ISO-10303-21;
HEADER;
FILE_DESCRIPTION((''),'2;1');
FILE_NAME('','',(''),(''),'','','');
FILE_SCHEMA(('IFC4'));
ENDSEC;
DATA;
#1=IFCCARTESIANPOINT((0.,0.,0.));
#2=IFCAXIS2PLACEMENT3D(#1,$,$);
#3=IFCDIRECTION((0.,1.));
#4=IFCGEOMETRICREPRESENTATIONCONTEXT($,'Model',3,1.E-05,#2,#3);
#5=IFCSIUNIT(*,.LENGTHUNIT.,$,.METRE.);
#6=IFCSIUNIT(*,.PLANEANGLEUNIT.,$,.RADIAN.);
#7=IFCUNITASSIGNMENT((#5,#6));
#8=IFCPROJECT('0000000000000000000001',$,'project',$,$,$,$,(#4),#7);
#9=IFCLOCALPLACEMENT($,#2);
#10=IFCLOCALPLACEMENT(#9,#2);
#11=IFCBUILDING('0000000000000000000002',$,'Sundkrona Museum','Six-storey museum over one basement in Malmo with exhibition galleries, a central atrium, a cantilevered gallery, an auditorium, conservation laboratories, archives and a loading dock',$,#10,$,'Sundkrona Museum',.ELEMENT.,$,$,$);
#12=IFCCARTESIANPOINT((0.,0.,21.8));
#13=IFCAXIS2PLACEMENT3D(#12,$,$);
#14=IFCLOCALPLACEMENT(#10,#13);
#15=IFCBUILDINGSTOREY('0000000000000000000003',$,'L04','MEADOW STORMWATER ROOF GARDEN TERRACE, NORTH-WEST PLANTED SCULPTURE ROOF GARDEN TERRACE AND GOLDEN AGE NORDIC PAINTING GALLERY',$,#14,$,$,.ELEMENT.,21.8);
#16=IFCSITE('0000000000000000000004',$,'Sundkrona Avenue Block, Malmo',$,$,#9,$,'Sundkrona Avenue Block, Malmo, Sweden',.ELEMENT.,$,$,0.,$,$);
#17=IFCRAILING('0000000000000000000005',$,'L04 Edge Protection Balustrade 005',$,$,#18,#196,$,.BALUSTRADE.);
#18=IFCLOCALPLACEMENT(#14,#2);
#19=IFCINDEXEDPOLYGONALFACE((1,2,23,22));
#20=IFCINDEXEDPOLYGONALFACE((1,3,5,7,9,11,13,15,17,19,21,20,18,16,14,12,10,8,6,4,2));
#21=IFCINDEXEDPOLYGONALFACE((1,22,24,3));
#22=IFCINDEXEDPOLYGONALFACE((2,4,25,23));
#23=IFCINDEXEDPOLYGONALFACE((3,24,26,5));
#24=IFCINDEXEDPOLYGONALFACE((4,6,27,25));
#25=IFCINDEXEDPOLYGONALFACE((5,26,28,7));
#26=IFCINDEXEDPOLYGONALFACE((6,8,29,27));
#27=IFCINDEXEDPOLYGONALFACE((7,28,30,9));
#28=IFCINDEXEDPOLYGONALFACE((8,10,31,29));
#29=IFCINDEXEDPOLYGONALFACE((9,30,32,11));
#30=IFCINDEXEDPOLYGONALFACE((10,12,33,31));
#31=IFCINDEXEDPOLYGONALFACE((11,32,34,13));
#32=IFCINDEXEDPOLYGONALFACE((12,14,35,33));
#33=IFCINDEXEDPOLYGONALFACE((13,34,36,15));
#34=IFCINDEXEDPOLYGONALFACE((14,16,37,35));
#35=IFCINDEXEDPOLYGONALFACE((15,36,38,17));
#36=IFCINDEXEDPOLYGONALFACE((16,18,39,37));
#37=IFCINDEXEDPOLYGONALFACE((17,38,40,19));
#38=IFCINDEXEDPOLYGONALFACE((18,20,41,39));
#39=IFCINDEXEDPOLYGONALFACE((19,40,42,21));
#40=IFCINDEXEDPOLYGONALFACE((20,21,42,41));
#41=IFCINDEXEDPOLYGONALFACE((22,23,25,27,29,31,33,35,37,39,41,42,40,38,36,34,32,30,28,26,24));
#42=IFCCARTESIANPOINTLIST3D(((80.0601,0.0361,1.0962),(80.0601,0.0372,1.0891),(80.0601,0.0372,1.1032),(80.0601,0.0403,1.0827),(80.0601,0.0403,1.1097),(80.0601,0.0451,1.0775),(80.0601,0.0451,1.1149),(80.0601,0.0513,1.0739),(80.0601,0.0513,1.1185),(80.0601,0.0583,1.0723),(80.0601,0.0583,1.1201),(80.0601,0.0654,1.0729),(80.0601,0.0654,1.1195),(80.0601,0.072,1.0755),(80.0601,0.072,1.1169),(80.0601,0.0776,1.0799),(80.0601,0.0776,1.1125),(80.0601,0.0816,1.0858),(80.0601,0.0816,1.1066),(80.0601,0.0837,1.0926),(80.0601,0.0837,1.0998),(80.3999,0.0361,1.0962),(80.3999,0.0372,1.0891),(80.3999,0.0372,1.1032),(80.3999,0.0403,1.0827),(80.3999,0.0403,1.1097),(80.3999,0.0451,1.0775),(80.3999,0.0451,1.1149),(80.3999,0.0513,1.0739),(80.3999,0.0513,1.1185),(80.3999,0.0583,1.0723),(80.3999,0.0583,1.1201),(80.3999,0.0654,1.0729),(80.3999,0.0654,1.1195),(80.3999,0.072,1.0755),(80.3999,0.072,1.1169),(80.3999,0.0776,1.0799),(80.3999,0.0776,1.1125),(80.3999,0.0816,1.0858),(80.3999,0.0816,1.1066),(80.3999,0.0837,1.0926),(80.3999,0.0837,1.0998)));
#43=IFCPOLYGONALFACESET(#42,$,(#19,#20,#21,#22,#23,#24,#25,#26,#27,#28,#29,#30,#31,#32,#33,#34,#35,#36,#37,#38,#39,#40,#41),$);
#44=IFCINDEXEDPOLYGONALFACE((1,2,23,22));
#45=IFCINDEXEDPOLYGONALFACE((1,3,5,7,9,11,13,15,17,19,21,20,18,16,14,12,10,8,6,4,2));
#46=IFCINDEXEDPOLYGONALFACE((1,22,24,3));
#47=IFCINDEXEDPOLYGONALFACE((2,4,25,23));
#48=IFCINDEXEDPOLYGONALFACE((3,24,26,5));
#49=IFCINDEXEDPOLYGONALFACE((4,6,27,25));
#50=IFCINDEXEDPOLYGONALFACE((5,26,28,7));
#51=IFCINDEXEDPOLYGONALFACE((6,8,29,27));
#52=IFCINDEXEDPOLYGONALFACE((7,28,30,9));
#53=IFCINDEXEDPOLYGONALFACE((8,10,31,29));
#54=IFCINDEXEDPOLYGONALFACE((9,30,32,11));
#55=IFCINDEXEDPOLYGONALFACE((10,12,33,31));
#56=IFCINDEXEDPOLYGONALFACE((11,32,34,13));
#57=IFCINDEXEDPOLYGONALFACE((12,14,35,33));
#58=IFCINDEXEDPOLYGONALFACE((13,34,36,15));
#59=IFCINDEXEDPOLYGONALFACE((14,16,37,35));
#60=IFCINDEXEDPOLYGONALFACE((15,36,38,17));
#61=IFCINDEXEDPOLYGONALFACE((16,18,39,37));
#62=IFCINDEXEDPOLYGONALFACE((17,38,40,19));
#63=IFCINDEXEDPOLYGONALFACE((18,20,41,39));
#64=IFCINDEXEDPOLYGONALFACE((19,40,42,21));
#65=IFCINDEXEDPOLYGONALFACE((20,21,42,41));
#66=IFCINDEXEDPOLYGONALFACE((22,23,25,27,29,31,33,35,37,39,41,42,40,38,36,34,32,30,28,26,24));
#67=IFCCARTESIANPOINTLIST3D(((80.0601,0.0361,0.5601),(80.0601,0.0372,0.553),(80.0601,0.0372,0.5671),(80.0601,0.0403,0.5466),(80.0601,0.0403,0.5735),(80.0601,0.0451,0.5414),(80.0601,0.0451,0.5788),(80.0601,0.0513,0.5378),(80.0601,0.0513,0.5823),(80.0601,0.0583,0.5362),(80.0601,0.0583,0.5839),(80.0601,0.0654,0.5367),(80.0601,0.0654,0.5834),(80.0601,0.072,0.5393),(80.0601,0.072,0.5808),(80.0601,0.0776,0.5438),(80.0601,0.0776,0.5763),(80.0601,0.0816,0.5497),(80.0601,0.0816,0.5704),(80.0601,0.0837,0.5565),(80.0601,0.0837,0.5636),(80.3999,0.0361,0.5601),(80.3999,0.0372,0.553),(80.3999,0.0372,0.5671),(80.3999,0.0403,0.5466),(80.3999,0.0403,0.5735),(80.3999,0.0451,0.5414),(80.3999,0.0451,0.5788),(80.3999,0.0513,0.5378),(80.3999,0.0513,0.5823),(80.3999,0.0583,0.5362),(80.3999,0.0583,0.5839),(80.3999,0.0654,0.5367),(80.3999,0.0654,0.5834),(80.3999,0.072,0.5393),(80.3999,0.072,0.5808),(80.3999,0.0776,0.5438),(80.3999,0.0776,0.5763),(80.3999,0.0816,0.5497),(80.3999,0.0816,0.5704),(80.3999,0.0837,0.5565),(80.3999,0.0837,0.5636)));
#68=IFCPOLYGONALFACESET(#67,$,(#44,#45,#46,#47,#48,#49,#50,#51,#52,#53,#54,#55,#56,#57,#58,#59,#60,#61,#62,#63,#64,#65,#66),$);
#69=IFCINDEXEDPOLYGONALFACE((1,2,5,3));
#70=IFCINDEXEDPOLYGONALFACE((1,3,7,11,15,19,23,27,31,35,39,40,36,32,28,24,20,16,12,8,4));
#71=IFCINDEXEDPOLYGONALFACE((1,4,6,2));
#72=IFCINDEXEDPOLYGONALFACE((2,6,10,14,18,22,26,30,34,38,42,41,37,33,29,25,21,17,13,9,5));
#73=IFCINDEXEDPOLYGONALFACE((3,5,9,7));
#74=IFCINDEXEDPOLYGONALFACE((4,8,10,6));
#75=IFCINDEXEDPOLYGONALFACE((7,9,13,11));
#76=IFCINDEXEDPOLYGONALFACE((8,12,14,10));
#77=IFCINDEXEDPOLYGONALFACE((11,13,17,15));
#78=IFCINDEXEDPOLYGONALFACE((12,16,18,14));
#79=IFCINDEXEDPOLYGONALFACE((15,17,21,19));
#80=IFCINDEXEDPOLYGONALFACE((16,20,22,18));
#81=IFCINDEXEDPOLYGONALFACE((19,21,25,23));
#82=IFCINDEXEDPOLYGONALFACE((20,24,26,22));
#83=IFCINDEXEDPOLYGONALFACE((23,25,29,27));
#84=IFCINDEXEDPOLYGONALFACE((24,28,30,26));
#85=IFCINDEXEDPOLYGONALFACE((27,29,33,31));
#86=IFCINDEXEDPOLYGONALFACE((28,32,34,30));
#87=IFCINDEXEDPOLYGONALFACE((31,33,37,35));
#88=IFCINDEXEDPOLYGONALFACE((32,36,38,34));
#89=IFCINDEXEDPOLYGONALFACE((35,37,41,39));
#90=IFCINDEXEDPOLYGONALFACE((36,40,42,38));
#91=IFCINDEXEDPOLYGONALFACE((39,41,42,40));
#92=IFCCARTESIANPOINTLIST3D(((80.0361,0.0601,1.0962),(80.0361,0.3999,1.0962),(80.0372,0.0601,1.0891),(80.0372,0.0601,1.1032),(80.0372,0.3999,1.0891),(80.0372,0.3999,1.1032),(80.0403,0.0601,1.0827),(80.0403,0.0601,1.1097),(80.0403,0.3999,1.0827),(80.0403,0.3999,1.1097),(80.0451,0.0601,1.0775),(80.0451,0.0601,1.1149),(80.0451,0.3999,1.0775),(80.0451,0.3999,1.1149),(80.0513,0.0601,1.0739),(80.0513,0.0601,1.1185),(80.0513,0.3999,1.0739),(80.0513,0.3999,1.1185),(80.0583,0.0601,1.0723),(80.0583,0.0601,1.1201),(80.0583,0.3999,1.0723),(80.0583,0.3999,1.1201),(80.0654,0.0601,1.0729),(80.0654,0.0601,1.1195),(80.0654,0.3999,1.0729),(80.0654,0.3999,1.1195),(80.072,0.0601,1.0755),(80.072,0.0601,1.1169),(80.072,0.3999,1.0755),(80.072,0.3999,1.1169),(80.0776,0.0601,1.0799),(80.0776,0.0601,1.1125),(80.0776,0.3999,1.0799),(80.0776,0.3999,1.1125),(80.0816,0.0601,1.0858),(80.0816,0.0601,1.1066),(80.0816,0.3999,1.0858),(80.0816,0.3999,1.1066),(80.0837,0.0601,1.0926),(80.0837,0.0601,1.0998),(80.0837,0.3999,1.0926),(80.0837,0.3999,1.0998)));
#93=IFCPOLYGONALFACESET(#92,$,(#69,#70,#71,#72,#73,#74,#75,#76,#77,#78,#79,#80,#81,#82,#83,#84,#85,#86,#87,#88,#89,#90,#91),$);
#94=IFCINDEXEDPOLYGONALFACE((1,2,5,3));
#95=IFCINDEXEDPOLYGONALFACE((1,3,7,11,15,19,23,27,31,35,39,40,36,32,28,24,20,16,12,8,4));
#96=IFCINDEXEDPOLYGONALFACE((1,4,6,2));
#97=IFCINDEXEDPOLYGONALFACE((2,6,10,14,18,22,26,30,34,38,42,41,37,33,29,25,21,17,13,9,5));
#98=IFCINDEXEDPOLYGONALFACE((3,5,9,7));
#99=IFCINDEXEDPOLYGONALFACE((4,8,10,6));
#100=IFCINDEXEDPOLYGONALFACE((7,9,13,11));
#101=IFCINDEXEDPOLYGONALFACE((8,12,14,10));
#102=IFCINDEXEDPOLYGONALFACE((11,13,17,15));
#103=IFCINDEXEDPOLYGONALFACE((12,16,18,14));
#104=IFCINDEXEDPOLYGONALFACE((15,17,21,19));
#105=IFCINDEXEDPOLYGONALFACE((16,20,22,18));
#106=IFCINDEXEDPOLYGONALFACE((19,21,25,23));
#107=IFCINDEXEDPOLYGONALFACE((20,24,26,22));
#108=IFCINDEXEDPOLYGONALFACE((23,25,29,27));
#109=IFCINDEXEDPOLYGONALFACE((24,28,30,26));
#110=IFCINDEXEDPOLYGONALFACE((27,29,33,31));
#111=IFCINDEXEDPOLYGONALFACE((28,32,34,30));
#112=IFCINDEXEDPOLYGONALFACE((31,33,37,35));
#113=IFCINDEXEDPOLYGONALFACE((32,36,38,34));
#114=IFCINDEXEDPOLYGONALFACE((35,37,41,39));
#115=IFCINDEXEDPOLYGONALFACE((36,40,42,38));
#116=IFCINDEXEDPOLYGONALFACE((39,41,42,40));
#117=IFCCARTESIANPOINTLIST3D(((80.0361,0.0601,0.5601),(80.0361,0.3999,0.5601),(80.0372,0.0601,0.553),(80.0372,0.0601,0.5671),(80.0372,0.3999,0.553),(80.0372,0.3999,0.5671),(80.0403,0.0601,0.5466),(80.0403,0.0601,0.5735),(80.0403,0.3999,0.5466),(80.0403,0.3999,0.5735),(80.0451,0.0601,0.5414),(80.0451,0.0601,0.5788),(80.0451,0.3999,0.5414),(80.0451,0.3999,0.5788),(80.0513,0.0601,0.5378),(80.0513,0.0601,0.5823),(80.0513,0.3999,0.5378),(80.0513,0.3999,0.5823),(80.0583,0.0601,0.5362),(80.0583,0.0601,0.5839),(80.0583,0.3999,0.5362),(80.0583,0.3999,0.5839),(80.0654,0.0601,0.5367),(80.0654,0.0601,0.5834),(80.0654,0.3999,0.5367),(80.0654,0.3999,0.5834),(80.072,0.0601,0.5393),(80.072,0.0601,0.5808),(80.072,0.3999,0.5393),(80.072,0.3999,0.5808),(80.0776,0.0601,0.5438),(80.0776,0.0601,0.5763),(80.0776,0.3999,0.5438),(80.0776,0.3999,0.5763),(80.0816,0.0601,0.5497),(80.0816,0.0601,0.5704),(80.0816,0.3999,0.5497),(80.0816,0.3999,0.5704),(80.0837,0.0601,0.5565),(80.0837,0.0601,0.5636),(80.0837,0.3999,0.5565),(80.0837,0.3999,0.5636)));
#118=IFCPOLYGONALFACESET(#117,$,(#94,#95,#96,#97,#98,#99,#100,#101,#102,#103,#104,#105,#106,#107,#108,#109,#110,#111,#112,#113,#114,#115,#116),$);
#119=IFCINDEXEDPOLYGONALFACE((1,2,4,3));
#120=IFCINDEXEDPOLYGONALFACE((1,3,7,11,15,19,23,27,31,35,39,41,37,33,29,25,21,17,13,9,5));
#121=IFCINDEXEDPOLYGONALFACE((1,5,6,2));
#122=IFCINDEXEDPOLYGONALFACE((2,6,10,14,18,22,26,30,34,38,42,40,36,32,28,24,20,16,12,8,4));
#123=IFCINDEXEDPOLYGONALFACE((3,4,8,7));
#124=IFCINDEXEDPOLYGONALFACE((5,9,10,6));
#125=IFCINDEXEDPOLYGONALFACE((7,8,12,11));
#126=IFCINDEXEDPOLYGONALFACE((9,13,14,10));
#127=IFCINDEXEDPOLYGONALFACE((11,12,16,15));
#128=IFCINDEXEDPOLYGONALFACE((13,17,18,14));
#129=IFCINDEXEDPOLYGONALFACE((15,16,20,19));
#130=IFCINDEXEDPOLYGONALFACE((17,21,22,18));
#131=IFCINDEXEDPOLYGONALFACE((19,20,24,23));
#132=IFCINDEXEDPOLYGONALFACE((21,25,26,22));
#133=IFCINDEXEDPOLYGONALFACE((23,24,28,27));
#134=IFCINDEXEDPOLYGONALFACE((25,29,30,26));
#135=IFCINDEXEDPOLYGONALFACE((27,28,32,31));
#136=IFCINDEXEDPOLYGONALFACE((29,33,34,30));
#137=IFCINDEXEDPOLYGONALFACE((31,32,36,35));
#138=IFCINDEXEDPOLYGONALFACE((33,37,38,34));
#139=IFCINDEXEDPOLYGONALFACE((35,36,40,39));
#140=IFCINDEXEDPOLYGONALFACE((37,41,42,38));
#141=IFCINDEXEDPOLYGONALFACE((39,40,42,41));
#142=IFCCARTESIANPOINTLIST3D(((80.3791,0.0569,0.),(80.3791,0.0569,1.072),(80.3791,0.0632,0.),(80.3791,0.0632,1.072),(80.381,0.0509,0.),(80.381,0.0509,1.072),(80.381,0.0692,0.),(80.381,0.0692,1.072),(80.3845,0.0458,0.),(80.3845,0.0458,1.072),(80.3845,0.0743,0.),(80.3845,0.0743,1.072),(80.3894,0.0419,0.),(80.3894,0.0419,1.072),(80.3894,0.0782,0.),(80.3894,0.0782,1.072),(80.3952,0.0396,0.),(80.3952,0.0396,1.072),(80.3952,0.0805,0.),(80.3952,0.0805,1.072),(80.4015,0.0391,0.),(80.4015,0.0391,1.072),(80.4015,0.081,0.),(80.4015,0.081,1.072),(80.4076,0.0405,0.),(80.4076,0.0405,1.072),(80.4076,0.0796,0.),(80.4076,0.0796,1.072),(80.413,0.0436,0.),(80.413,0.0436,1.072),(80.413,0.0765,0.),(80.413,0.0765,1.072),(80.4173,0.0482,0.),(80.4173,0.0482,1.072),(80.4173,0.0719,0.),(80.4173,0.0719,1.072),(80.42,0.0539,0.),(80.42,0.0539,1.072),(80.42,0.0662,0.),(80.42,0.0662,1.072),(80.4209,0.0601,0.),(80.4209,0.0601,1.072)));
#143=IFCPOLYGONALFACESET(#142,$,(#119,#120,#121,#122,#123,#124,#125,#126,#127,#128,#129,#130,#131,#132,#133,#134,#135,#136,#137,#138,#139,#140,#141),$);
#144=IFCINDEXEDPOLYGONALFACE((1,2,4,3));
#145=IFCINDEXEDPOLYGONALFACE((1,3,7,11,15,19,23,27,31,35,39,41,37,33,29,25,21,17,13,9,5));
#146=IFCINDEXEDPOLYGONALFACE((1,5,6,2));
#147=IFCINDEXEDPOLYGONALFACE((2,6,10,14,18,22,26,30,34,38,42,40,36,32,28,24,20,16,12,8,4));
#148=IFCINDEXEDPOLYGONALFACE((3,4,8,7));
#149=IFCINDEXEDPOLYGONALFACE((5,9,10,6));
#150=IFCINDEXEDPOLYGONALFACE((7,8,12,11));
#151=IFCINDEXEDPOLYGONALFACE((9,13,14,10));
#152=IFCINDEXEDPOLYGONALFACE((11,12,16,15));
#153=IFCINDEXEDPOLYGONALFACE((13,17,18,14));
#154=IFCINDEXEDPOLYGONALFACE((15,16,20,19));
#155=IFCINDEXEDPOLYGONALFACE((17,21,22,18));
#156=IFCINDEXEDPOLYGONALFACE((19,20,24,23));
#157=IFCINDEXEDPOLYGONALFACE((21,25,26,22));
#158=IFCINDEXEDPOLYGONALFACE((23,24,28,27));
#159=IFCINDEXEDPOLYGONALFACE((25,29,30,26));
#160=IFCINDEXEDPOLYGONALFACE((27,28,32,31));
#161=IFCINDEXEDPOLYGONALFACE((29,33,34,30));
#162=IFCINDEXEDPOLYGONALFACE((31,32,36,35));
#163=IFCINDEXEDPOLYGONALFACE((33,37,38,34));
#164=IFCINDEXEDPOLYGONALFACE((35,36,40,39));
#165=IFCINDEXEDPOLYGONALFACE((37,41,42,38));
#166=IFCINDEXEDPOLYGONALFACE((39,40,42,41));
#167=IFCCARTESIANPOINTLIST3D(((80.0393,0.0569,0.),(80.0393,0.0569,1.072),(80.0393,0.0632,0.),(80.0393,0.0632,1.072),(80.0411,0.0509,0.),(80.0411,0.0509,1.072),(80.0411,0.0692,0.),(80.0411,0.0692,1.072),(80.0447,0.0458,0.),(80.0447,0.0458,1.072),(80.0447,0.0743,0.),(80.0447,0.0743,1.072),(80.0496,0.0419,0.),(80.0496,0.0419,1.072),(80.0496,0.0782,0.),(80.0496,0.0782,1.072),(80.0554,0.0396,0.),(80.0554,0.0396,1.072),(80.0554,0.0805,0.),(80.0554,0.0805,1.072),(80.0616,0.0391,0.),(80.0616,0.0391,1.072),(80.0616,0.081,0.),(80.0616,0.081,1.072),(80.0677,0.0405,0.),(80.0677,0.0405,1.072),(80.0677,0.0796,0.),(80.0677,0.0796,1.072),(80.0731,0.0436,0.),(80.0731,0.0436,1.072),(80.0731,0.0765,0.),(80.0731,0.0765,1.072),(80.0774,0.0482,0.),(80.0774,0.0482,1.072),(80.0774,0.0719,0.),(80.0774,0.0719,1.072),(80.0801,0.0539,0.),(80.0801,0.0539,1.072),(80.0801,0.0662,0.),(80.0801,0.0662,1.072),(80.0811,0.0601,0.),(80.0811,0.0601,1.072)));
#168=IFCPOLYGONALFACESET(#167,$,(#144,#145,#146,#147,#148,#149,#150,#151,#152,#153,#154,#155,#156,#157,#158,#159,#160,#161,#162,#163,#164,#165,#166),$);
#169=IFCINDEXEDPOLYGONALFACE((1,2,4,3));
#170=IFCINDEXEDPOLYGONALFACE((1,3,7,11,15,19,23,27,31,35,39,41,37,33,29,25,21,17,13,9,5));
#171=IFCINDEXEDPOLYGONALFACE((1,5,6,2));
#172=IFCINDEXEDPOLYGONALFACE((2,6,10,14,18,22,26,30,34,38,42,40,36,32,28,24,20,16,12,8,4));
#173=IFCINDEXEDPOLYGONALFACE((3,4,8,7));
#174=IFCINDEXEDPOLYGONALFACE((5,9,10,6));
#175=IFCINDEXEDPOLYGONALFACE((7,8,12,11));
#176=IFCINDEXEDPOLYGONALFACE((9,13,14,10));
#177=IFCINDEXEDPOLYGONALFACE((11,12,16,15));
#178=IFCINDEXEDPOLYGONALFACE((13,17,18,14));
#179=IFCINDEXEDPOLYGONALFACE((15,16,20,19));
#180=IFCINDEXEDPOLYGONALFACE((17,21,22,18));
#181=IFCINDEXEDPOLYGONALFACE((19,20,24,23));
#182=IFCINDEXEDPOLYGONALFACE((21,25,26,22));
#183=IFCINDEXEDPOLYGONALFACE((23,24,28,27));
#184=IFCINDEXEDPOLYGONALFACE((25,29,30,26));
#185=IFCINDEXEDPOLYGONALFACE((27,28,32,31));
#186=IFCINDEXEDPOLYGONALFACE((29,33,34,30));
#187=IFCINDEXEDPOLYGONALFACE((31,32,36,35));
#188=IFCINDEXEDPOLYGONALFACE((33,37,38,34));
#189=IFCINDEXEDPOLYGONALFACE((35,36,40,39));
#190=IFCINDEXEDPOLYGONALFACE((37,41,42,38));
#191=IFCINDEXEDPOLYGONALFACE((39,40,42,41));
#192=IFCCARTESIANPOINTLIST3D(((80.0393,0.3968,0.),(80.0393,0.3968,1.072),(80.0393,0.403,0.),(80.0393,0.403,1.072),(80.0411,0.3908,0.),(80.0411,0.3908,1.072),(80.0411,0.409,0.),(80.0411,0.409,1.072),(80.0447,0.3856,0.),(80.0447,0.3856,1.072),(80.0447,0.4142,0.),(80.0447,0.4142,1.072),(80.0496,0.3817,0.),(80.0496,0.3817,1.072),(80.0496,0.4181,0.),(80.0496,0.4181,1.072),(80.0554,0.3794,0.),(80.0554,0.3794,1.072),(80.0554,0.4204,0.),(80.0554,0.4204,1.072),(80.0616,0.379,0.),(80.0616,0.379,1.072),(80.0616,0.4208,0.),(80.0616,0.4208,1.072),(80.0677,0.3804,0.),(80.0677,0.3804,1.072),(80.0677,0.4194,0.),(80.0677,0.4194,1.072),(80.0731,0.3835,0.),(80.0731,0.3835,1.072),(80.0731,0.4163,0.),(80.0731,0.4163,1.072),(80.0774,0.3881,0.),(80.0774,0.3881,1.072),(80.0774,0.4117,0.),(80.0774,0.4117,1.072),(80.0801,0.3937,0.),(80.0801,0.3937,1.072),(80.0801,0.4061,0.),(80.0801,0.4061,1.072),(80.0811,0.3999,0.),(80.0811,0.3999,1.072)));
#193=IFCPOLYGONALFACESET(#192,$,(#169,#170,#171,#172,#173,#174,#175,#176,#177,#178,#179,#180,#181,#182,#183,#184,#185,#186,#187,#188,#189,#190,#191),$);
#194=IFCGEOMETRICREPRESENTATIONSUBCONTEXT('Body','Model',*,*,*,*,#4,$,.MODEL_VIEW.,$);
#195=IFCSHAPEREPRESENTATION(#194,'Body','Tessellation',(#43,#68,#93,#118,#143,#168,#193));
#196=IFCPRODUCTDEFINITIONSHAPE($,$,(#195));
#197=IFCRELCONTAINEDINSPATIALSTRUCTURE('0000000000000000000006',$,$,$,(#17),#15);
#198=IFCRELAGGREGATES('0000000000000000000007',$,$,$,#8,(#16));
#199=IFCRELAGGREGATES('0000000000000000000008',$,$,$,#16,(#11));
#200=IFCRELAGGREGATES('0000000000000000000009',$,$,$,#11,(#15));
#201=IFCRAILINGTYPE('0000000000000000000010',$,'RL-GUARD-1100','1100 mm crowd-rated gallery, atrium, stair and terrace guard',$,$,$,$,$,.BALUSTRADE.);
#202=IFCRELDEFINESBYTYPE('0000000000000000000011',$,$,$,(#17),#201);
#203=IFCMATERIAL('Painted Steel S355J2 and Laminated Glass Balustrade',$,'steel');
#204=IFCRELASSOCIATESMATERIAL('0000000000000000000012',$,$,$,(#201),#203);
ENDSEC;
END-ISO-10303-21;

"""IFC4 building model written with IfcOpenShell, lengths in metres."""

from ifc_helpers import new_model, si_unit, direction, frame, origin, origin_2d, place, context, subcontext, project, spatial, circle, extrude, material, type_object, element, save


model = new_model("IFC4")

# Units and contexts
model_context = context("Model", 3, precision=1e-05, world=origin(), true_north=direction((0.0, 1.0)))
body_context = subcontext(model_context, "Body", "Model", "MODEL_VIEW")
ifc_project = project(units=[si_unit("LENGTHUNIT", "METRE"), si_unit("PLANEANGLEUNIT", "RADIAN")], contexts=[model_context])

# Site, building, storey
site_placement = place(None, origin())
site = spatial("IfcSite", under=ifc_project, at=site_placement, Name="Sundkrona Avenue Block, Malmo", LongName="Sundkrona Avenue Block, Malmo, Sweden", CompositionType="ELEMENT", RefElevation=0.0)
building_placement = place(site_placement, origin())
building = spatial("IfcBuilding", under=site, at=building_placement, Name="Sundkrona Museum", Description="Six-storey museum over one basement in Malmo with exhibition galleries, a central atrium, a cantilevered gallery, an auditorium, conservation laboratories, archives and a loading dock", LongName="Sundkrona Museum", CompositionType="ELEMENT")
storey_placement = place(building_placement, frame((0.0, 0.0, 21.8)))
storey = spatial("IfcBuildingStorey", under=building, at=storey_placement, Name="L04", Description="MEADOW STORMWATER ROOF GARDEN TERRACE, NORTH-WEST PLANTED SCULPTURE ROOF GARDEN TERRACE AND GOLDEN AGE NORDIC PAINTING GALLERY", CompositionType="ELEMENT", Elevation=21.8)

# Railing
ifc_material_1 = material(Name="Painted Steel S355J2 and Laminated Glass Balustrade", Category="steel")
railing_type = type_object("IfcRailingType", Name="RL-GUARD-1100", Description="1100 mm crowd-rated gallery, atrium, stair and terrace guard", PredefinedType="BALUSTRADE", material=ifc_material_1)
railing_placement = place(storey_placement, frame((80.3999, 0.0601, 0.0)))
element("IfcRailing", 1, at=railing_placement, inside=storey, type_object=railing_type, Name="L04 Edge Protection Balustrade 005", PredefinedType="BALUSTRADE", context=body_context, shape_type="SweptSolid", body=[
    extrude(circle(Radius=0.0239, at=origin_2d()), frame((0.0, 0.0, 1.0962), z_axis=(-1.0, 0.0, 0.0), x_axis=(0.0, -1.0, 0.0)), (0.0, 0.0, 1.0), 0.3398),
    extrude(circle(Radius=0.0239, at=origin_2d()), frame((0.0, 0.0, 0.5601), z_axis=(-1.0, 0.0, 0.0), x_axis=(0.0, -1.0, 0.0)), (0.0, 0.0, 1.0), 0.3398),
    extrude(circle(Radius=0.0239, at=origin_2d()), frame((-0.3398, 0.0, 1.0962), z_axis=(0.0, 1.0, 0.0), x_axis=(-1.0, 0.0, 0.0)), (0.0, 0.0, 1.0), 0.3398),
    extrude(circle(Radius=0.0239, at=origin_2d()), frame((-0.3398, 0.0, 0.5601), z_axis=(0.0, 1.0, 0.0), x_axis=(-1.0, 0.0, 0.0)), (0.0, 0.0, 1.0), 0.3398),
    extrude(circle(Radius=0.021, at=origin_2d()), origin(), (0.0, 0.0, 1.0), 1.072),
    extrude(circle(Radius=0.021, at=origin_2d()), frame((-0.3398, 0.0, 0.0)), (0.0, 0.0, 1.0), 1.072),
    extrude(circle(Radius=0.021, at=origin_2d()), frame((-0.3398, 0.3398, 0.0)), (0.0, 0.0, 1.0), 1.072),
])

save(model, "model.ifc")
